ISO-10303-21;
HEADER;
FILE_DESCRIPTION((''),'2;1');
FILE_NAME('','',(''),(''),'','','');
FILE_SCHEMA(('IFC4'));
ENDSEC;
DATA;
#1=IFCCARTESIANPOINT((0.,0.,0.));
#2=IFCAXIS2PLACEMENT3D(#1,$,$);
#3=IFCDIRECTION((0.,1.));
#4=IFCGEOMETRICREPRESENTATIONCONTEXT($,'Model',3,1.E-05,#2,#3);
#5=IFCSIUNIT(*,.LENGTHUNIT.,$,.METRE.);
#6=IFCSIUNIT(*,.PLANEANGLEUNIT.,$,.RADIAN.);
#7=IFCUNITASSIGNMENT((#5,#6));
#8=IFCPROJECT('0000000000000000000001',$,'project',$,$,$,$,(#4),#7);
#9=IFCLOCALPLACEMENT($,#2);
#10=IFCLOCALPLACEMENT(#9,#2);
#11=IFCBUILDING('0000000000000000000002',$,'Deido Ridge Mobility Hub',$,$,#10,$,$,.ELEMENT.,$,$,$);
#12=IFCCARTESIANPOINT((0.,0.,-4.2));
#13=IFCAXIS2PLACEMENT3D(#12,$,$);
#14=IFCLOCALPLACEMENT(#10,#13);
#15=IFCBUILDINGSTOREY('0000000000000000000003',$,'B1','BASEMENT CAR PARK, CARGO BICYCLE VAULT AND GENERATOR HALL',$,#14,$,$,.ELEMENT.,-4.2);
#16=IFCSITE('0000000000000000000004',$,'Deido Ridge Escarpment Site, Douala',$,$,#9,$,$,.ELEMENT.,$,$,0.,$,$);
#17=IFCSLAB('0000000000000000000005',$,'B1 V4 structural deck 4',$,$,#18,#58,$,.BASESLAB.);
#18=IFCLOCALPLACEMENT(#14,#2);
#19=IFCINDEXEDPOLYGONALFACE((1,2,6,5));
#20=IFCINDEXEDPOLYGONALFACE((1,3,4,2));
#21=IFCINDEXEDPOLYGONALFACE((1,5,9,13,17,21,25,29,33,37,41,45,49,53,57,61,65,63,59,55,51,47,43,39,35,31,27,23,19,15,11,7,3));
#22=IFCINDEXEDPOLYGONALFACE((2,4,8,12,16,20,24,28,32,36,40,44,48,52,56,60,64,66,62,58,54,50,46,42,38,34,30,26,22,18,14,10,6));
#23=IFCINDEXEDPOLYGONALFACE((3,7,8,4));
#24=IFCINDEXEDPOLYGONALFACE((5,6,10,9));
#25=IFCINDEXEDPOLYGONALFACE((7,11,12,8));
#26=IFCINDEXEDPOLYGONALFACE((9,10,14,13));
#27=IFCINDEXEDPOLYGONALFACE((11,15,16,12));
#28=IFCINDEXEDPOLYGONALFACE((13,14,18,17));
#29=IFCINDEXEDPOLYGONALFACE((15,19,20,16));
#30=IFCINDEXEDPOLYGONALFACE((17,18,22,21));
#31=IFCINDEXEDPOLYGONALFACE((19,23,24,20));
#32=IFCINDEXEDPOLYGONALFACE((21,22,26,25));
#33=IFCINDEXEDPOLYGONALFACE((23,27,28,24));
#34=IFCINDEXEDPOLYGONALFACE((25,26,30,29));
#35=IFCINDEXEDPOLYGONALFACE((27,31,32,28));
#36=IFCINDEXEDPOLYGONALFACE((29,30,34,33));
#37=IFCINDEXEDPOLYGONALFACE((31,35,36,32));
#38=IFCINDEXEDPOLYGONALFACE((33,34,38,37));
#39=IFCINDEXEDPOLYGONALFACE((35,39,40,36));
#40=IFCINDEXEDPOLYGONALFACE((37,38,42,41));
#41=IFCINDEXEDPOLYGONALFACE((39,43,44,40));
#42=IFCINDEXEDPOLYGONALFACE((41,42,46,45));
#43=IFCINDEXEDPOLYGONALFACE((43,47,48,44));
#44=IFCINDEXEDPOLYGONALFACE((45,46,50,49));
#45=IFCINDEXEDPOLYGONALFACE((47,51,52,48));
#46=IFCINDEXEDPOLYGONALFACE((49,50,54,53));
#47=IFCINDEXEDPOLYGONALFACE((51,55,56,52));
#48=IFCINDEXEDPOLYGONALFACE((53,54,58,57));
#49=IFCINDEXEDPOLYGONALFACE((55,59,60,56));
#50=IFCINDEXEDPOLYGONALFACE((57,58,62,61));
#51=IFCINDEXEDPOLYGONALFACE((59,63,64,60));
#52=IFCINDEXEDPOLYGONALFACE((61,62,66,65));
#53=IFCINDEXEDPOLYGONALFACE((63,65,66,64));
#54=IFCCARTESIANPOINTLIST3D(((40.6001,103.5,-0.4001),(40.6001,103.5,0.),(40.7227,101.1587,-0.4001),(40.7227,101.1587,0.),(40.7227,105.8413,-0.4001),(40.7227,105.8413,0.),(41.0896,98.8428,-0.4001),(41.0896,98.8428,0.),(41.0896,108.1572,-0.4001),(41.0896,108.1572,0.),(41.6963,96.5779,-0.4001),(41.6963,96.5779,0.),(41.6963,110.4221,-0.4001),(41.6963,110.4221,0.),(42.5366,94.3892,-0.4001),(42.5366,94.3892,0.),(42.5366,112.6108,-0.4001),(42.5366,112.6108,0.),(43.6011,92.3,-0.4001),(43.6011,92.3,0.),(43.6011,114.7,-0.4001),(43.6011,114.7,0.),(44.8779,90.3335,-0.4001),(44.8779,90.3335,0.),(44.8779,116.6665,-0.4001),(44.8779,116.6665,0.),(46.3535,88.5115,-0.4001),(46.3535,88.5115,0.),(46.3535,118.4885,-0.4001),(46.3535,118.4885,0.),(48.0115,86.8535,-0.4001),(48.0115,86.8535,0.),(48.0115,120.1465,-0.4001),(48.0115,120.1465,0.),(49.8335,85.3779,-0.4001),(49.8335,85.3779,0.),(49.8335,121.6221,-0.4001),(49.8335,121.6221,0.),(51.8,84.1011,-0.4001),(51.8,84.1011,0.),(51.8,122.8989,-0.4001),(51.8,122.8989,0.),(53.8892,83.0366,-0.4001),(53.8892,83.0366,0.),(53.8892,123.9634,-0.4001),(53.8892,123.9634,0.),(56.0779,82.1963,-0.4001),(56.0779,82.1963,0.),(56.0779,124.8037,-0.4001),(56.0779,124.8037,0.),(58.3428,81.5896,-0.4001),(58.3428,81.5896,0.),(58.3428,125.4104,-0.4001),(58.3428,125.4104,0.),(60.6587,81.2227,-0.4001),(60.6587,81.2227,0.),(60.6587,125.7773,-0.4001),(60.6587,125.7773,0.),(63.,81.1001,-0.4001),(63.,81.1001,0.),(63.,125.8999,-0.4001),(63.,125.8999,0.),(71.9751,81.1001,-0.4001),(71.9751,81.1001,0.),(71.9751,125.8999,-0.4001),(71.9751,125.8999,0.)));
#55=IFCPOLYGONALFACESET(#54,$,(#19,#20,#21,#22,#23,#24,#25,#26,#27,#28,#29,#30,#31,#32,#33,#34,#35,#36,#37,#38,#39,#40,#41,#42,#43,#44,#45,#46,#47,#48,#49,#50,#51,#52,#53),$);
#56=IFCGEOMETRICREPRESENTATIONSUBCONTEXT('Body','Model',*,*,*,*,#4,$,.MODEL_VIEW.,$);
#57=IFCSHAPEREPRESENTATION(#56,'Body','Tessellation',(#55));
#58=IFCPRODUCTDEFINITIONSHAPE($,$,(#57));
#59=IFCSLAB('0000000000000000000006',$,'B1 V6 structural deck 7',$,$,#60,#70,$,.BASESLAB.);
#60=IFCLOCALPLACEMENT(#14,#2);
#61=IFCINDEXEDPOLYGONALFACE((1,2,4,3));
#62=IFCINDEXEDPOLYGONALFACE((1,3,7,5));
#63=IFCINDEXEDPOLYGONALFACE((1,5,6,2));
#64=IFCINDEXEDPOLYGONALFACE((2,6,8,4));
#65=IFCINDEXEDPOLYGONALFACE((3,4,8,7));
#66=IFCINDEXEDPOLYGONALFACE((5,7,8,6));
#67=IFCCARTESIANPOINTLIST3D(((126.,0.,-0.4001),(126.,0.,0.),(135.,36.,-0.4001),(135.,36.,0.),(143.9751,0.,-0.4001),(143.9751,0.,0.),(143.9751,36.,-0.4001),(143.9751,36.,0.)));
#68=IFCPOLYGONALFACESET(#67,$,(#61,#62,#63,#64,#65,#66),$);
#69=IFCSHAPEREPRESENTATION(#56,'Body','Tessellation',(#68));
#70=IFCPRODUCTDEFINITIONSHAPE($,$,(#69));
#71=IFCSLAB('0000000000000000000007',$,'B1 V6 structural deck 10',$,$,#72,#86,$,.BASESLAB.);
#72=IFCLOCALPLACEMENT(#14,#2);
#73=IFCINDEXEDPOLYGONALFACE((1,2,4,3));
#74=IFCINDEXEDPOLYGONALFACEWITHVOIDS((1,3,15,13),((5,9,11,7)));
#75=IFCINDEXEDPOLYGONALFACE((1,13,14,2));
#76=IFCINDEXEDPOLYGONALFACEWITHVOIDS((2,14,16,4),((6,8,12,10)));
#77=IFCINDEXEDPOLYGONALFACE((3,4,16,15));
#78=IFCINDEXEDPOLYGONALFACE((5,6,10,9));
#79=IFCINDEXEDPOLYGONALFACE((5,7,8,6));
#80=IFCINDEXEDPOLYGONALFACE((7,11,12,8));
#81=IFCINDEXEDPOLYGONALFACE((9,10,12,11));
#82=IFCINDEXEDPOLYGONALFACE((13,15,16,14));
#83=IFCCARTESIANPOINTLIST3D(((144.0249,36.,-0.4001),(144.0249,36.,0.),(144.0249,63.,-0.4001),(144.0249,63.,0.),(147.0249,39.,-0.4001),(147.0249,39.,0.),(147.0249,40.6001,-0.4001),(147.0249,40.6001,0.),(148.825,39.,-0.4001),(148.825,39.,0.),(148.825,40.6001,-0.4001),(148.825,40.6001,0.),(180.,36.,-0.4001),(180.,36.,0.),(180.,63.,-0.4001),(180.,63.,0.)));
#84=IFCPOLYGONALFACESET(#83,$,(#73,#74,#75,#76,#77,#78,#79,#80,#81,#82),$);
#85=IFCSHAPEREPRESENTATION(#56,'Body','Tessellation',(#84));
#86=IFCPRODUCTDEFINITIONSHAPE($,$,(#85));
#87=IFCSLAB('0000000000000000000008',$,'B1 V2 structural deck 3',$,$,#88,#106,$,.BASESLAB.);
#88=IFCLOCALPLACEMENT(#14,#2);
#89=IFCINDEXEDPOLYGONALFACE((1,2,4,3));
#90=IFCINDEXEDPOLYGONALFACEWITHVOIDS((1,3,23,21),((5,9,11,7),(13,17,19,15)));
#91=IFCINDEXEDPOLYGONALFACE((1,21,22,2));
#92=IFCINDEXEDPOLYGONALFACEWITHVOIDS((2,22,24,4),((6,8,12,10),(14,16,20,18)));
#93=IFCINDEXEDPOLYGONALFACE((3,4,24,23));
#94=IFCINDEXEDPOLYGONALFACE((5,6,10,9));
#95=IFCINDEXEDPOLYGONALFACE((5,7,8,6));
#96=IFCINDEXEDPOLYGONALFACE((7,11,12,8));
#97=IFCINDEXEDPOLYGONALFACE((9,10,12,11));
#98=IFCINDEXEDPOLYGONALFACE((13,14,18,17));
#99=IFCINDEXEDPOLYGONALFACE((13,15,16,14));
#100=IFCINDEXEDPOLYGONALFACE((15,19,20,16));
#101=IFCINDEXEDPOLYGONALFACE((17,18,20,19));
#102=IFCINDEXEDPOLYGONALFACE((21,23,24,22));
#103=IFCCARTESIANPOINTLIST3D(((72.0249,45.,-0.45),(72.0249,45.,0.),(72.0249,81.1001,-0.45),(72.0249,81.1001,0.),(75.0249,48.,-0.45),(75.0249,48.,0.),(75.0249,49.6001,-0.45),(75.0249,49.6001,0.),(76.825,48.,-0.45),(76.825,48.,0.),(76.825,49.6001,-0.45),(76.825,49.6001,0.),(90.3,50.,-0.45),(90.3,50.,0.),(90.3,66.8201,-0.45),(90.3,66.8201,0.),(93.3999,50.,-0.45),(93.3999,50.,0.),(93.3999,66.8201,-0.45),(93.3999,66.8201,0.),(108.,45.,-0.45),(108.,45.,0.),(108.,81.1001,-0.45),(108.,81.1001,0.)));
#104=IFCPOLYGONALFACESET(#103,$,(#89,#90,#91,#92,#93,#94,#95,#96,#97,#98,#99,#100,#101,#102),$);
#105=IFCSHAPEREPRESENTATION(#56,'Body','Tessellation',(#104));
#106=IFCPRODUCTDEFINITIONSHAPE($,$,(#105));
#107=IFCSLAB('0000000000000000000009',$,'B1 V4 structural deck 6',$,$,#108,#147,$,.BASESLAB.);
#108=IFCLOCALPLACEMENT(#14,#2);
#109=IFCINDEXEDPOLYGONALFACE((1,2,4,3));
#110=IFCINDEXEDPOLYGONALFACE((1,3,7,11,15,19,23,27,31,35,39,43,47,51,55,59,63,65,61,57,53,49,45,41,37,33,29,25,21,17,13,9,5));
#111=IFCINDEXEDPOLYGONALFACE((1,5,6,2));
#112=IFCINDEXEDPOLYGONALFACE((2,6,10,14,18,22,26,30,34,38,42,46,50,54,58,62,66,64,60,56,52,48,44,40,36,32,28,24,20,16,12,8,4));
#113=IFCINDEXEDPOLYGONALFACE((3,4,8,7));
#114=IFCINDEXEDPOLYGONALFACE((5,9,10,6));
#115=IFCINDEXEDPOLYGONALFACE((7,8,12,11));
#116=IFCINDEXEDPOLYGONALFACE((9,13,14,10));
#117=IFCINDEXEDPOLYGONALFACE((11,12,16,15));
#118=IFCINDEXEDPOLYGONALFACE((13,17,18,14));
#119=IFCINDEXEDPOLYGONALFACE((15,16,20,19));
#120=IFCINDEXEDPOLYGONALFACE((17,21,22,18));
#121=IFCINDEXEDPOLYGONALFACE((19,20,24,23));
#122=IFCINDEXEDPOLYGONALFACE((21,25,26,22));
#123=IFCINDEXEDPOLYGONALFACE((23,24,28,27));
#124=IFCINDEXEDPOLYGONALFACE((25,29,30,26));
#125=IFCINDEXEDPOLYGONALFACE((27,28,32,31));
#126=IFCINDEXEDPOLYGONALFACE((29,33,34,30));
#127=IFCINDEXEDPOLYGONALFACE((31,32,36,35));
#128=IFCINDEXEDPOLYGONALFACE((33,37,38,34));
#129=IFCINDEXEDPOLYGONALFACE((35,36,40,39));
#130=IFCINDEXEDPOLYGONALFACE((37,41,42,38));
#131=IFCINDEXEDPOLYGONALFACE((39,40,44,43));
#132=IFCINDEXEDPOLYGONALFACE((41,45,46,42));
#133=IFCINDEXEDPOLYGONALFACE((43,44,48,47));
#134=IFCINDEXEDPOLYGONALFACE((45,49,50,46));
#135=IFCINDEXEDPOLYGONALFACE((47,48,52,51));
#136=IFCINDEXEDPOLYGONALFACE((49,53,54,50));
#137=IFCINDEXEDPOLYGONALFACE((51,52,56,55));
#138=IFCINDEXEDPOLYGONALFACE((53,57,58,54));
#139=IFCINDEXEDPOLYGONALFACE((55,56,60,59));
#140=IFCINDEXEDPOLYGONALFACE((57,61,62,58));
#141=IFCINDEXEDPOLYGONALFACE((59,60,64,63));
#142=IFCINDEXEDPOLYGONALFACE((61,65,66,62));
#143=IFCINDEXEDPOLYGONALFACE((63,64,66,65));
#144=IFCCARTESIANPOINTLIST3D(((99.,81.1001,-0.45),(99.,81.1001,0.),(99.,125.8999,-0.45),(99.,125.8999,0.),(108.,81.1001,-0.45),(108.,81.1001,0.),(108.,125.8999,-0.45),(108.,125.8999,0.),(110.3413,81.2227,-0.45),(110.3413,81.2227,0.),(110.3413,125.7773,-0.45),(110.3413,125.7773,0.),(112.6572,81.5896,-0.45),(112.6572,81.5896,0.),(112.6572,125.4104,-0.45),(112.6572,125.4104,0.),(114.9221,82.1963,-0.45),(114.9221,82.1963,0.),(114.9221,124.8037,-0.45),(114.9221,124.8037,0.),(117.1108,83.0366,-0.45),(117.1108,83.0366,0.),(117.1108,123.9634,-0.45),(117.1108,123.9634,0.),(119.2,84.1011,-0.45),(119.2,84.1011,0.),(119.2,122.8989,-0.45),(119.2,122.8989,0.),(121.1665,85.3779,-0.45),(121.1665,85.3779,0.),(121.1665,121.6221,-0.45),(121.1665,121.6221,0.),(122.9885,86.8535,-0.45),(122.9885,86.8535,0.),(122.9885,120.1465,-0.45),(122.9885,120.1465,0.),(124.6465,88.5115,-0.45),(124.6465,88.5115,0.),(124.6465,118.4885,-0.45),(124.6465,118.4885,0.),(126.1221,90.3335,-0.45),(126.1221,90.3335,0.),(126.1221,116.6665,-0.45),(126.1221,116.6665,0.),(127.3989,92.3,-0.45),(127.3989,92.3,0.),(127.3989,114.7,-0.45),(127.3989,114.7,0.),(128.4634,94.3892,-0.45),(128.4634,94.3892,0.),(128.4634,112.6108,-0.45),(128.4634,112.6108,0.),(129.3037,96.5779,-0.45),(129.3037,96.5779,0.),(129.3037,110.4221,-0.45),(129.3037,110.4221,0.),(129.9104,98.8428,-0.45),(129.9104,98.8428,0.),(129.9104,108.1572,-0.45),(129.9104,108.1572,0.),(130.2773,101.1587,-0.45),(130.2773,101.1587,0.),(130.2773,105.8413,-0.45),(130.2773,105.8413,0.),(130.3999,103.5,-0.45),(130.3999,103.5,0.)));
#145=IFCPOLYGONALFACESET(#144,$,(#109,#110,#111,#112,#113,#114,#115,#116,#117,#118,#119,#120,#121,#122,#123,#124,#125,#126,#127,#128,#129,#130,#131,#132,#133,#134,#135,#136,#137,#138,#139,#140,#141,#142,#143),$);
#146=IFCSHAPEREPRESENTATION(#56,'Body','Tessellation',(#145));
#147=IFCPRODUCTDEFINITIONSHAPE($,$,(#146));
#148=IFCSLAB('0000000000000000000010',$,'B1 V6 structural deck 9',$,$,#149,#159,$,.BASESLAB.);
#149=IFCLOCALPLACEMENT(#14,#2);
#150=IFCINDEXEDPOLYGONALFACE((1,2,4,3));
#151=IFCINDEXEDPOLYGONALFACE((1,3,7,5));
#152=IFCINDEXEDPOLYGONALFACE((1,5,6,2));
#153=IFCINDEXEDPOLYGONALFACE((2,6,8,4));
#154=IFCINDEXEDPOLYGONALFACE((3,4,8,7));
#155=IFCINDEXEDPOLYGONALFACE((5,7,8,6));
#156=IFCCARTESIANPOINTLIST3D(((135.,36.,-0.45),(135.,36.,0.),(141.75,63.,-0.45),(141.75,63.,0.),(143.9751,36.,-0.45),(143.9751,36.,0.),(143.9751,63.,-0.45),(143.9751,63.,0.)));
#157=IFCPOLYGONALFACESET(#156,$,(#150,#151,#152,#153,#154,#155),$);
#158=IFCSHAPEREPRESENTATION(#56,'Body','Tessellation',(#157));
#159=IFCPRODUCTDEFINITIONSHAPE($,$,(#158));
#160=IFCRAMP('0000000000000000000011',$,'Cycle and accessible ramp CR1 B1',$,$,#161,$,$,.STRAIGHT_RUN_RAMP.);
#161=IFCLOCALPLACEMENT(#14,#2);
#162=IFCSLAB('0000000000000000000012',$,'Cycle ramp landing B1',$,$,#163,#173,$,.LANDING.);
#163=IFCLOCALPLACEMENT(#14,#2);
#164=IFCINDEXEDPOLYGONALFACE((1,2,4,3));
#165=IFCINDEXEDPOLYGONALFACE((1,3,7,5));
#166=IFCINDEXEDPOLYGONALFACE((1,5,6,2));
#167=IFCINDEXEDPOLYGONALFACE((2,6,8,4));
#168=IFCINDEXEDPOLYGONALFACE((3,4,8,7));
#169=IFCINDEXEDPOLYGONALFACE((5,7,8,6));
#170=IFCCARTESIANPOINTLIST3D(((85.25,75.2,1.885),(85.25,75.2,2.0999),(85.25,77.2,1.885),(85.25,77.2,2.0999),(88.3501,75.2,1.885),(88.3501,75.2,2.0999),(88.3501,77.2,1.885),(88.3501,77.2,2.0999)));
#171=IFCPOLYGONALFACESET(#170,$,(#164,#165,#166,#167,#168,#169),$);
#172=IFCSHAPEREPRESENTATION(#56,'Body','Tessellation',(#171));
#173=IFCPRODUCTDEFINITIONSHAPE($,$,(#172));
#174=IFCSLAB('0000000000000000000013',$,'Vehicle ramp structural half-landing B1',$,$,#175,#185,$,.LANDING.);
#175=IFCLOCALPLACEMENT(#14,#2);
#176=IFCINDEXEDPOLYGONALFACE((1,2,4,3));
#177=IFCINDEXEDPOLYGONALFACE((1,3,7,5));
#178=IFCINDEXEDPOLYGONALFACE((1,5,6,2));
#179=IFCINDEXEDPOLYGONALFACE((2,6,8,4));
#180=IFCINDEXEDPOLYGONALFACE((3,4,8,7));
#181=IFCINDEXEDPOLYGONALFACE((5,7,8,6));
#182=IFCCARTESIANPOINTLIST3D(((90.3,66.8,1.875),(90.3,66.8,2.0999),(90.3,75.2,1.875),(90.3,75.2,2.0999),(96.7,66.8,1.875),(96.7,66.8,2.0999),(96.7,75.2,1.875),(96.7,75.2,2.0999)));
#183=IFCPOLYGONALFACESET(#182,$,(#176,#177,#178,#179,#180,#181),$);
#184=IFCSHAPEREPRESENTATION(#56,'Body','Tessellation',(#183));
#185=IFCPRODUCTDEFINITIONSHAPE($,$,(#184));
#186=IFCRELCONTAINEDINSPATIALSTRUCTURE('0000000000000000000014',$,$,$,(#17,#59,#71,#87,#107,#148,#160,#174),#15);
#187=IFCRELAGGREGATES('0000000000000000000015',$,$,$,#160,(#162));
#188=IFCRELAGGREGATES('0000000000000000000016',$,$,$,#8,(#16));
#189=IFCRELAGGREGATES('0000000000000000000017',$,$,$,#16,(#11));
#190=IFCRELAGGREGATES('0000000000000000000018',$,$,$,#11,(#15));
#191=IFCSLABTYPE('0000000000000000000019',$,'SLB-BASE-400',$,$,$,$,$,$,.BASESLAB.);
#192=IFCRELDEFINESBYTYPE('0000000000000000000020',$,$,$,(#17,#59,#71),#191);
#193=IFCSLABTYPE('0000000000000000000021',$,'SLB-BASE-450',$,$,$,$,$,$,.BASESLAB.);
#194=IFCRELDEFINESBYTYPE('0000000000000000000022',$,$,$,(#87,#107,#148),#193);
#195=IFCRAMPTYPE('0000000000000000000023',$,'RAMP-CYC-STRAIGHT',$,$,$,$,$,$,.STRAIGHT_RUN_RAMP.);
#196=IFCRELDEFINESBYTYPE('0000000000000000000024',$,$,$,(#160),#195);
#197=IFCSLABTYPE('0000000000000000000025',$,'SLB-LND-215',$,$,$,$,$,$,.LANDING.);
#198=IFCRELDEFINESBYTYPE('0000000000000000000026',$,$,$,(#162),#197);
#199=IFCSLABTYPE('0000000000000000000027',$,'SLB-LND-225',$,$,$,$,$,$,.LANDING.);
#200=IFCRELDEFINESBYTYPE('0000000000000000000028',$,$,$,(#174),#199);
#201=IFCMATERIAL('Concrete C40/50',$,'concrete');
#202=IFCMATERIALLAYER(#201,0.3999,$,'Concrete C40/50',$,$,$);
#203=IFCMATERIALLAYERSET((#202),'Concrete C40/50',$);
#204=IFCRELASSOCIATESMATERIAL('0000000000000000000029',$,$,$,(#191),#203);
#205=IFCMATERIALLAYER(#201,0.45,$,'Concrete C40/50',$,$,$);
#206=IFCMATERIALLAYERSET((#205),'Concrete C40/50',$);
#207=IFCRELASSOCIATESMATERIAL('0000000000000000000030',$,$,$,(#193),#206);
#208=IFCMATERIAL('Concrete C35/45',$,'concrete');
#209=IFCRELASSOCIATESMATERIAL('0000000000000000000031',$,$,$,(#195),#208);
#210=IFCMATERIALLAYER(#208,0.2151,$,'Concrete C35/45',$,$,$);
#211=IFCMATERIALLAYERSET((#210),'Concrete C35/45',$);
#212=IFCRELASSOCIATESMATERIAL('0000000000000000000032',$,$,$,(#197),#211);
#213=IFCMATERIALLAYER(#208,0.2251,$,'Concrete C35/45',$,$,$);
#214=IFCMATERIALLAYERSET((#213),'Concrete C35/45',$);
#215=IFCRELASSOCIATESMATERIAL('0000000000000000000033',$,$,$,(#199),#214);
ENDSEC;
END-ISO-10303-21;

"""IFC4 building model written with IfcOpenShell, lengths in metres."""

from ifc_helpers import new_model, si_unit, direction, frame, origin, place, context, subcontext, project, spatial, polyline, outline, extrude, material, layer, layer_set, type_object, element, aggregate, save


model = new_model("IFC4")

# Units and contexts
model_context = context("Model", 3, precision=1e-05, world=origin(), true_north=direction((0.0, 1.0)))
body_context = subcontext(model_context, "Body", "Model", "MODEL_VIEW")
ifc_project = project(units=[si_unit("LENGTHUNIT", "METRE"), si_unit("PLANEANGLEUNIT", "RADIAN")], contexts=[model_context])

# Site, building, storey
site_placement = place(None, origin())
site = spatial("IfcSite", under=ifc_project, at=site_placement, Name="Deido Ridge Escarpment Site, Douala", CompositionType="ELEMENT", RefElevation=0.0)
building_placement = place(site_placement, origin())
building = spatial("IfcBuilding", under=site, at=building_placement, Name="Deido Ridge Mobility Hub", CompositionType="ELEMENT")
storey_placement = place(building_placement, frame((0.0, 0.0, -4.2)))
storey = spatial("IfcBuildingStorey", under=building, at=storey_placement, Name="B1", Description="BASEMENT CAR PARK, CARGO BICYCLE VAULT AND GENERATOR HALL", CompositionType="ELEMENT", Elevation=-4.2)

# Shared definitions
ifc_material_1 = material(Name="Concrete C40/50", Category="concrete")

# Slabs
ifc_layer_1 = layer(ifc_material_1, 0.3999, Name="Concrete C40/50")
ifc_layer_set_1 = layer_set([ifc_layer_1], Name="Concrete C40/50")
slab_type_1 = type_object("IfcSlabType", Name="SLB-BASE-400", PredefinedType="BASESLAB", material=ifc_layer_set_1)
slab_1_placement = place(storey_placement, frame((0.0, 0.0, -0.4001)))
element("IfcSlab", 1, at=slab_1_placement, inside=storey, type_object=slab_type_1, Name="B1 V4 structural deck 4", PredefinedType="BASESLAB", context=body_context, shape_type="SweptSolid", body=[
    extrude(outline(polyline([(60.6587, 81.2227), (58.3428, 81.5896), (56.0779, 82.1963), (53.8892, 83.0366), (51.8, 84.1011), (49.8335, 85.3779), (48.0115, 86.8535), (46.3535, 88.5115), (44.8779, 90.3335), (43.6011, 92.3), (42.5366, 94.3892), (41.6963, 96.5779), (41.0896, 98.8428), (40.7227, 101.1587), (40.6001, 103.5), (40.7227, 105.8413), (41.0896, 108.1572), (41.6963, 110.4221), (42.5366, 112.6108), (43.6011, 114.7), (44.8779, 116.6665), (46.3535, 118.4885), (48.0115, 120.1465), (49.8335, 121.6221), (51.8, 122.8989), (53.8892, 123.9634), (56.0779, 124.8037), (58.3428, 125.4104), (60.6587, 125.7773), (63.0, 125.8999), (71.9751, 125.8999), (71.9751, 81.1001), (63.0, 81.1001), (60.6587, 81.2227)])), origin(), (0.0, 0.0, 1.0), 0.4001),
])
slab_2_placement = place(storey_placement, frame((0.0, 0.0, -0.4001)))
element("IfcSlab", 2, at=slab_2_placement, inside=storey, type_object=slab_type_1, Name="B1 V6 structural deck 7", PredefinedType="BASESLAB", context=body_context, shape_type="SweptSolid", body=[
    extrude(outline(polyline([(135.0, 36.0), (143.9751, 36.0), (143.9751, 0.0), (126.0, 0.0), (135.0, 36.0)])), origin(), (0.0, 0.0, 1.0), 0.4001),
])
slab_3_placement = place(storey_placement, frame((0.0, 0.0, -0.4001)))
element("IfcSlab", 3, at=slab_3_placement, inside=storey, type_object=slab_type_1, Name="B1 V6 structural deck 10", PredefinedType="BASESLAB", context=body_context, shape_type="SweptSolid", body=[
    extrude(outline(polyline([(180.0, 63.0), (180.0, 36.0), (144.0249, 36.0), (144.0249, 63.0), (180.0, 63.0)]), holes=[polyline([(147.0249, 40.6001), (148.825, 40.6001), (148.825, 39.0), (147.0249, 39.0), (147.0249, 40.6001)])]), origin(), (0.0, 0.0, 1.0), 0.4001),
])
ifc_layer_2 = layer(ifc_material_1, 0.45, Name="Concrete C40/50")
ifc_layer_set_2 = layer_set([ifc_layer_2], Name="Concrete C40/50")
slab_type_2 = type_object("IfcSlabType", Name="SLB-BASE-450", PredefinedType="BASESLAB", material=ifc_layer_set_2)
slab_4_placement = place(storey_placement, frame((0.0, 0.0, -0.45)))
element("IfcSlab", 4, at=slab_4_placement, inside=storey, type_object=slab_type_2, Name="B1 V2 structural deck 3", PredefinedType="BASESLAB", context=body_context, shape_type="SweptSolid", body=[
    extrude(outline(polyline([(108.0, 81.1001), (108.0, 45.0), (72.0249, 45.0), (72.0249, 81.1001), (108.0, 81.1001)]), holes=[polyline([(75.0249, 49.6001), (76.825, 49.6001), (76.825, 48.0), (75.0249, 48.0), (75.0249, 49.6001)]), polyline([(90.3, 66.8201), (93.3999, 66.8201), (93.3999, 50.0), (90.3, 50.0), (90.3, 66.8201)])]), origin(), (0.0, 0.0, 1.0), 0.45),
])
slab_5_placement = place(storey_placement, frame((0.0, 0.0, -0.45)))
element("IfcSlab", 5, at=slab_5_placement, inside=storey, type_object=slab_type_2, Name="B1 V4 structural deck 6", PredefinedType="BASESLAB", context=body_context, shape_type="SweptSolid", body=[
    extrude(outline(polyline([(110.3413, 125.7773), (112.6572, 125.4104), (114.9221, 124.8037), (117.1108, 123.9634), (119.2, 122.8989), (121.1665, 121.6221), (122.9885, 120.1465), (124.6465, 118.4885), (126.1221, 116.6665), (127.3989, 114.7), (128.4634, 112.6108), (129.3037, 110.4221), (129.9104, 108.1572), (130.2773, 105.8413), (130.3999, 103.5), (130.2773, 101.1587), (129.9104, 98.8428), (129.3037, 96.5779), (128.4634, 94.3892), (127.3989, 92.3), (126.1221, 90.3335), (124.6465, 88.5115), (122.9885, 86.8535), (121.1665, 85.3779), (119.2, 84.1011), (117.1108, 83.0366), (114.9221, 82.1963), (112.6572, 81.5896), (110.3413, 81.2227), (108.0, 81.1001), (99.0, 81.1001), (99.0, 125.8999), (108.0, 125.8999), (110.3413, 125.7773)])), origin(), (0.0, 0.0, 1.0), 0.45),
])
slab_6_placement = place(storey_placement, frame((0.0, 0.0, -0.45)))
element("IfcSlab", 6, at=slab_6_placement, inside=storey, type_object=slab_type_2, Name="B1 V6 structural deck 9", PredefinedType="BASESLAB", context=body_context, shape_type="SweptSolid", body=[
    extrude(outline(polyline([(143.9751, 63.0), (143.9751, 36.0), (135.0, 36.0), (141.75, 63.0), (143.9751, 63.0)])), origin(), (0.0, 0.0, 1.0), 0.45),
])

# Ramp, slab
ifc_material_2 = material(Name="Concrete C35/45", Category="concrete")
ramp_type = type_object("IfcRampType", Name="RAMP-CYC-STRAIGHT", PredefinedType="STRAIGHT_RUN_RAMP", material=ifc_material_2)
ramp_placement = place(storey_placement, origin())
ramp = element("IfcRamp", 7, at=ramp_placement, inside=storey, type_object=ramp_type, Name="Cycle and accessible ramp CR1 B1", PredefinedType="STRAIGHT_RUN_RAMP")
ifc_layer_3 = layer(ifc_material_2, 0.2151, Name="Concrete C35/45")
ifc_layer_set_3 = layer_set([ifc_layer_3], Name="Concrete C35/45")
slab_type_3 = type_object("IfcSlabType", Name="SLB-LND-215", PredefinedType="LANDING", material=ifc_layer_set_3)
slab_7_placement = place(storey_placement, frame((0.0, 0.0, 1.885)))
slab_7 = element("IfcSlab", 8, at=slab_7_placement, type_object=slab_type_3, Name="Cycle ramp landing B1", PredefinedType="LANDING", context=body_context, shape_type="SweptSolid", body=[
    extrude(outline(polyline([(85.25, 75.2), (88.3501, 75.2), (88.3501, 77.2), (85.25, 77.2), (85.25, 75.2)])), origin(), (0.0, 0.0, 1.0), 0.2148),
])
aggregate(ramp, [slab_7])

# Slab
ifc_layer_4 = layer(ifc_material_2, 0.2251, Name="Concrete C35/45")
ifc_layer_set_4 = layer_set([ifc_layer_4], Name="Concrete C35/45")
slab_type_4 = type_object("IfcSlabType", Name="SLB-LND-225", PredefinedType="LANDING", material=ifc_layer_set_4)
slab_8_placement = place(storey_placement, frame((0.0, 0.0, 1.875)))
element("IfcSlab", 9, at=slab_8_placement, inside=storey, type_object=slab_type_4, Name="Vehicle ramp structural half-landing B1", PredefinedType="LANDING", context=body_context, shape_type="SweptSolid", body=[
    extrude(outline(polyline([(90.3, 66.8), (96.7, 66.8), (96.7, 75.2), (90.3, 75.2), (90.3, 66.8)])), origin(), (0.0, 0.0, 1.0), 0.2249),
])

save(model, "model.ifc")
